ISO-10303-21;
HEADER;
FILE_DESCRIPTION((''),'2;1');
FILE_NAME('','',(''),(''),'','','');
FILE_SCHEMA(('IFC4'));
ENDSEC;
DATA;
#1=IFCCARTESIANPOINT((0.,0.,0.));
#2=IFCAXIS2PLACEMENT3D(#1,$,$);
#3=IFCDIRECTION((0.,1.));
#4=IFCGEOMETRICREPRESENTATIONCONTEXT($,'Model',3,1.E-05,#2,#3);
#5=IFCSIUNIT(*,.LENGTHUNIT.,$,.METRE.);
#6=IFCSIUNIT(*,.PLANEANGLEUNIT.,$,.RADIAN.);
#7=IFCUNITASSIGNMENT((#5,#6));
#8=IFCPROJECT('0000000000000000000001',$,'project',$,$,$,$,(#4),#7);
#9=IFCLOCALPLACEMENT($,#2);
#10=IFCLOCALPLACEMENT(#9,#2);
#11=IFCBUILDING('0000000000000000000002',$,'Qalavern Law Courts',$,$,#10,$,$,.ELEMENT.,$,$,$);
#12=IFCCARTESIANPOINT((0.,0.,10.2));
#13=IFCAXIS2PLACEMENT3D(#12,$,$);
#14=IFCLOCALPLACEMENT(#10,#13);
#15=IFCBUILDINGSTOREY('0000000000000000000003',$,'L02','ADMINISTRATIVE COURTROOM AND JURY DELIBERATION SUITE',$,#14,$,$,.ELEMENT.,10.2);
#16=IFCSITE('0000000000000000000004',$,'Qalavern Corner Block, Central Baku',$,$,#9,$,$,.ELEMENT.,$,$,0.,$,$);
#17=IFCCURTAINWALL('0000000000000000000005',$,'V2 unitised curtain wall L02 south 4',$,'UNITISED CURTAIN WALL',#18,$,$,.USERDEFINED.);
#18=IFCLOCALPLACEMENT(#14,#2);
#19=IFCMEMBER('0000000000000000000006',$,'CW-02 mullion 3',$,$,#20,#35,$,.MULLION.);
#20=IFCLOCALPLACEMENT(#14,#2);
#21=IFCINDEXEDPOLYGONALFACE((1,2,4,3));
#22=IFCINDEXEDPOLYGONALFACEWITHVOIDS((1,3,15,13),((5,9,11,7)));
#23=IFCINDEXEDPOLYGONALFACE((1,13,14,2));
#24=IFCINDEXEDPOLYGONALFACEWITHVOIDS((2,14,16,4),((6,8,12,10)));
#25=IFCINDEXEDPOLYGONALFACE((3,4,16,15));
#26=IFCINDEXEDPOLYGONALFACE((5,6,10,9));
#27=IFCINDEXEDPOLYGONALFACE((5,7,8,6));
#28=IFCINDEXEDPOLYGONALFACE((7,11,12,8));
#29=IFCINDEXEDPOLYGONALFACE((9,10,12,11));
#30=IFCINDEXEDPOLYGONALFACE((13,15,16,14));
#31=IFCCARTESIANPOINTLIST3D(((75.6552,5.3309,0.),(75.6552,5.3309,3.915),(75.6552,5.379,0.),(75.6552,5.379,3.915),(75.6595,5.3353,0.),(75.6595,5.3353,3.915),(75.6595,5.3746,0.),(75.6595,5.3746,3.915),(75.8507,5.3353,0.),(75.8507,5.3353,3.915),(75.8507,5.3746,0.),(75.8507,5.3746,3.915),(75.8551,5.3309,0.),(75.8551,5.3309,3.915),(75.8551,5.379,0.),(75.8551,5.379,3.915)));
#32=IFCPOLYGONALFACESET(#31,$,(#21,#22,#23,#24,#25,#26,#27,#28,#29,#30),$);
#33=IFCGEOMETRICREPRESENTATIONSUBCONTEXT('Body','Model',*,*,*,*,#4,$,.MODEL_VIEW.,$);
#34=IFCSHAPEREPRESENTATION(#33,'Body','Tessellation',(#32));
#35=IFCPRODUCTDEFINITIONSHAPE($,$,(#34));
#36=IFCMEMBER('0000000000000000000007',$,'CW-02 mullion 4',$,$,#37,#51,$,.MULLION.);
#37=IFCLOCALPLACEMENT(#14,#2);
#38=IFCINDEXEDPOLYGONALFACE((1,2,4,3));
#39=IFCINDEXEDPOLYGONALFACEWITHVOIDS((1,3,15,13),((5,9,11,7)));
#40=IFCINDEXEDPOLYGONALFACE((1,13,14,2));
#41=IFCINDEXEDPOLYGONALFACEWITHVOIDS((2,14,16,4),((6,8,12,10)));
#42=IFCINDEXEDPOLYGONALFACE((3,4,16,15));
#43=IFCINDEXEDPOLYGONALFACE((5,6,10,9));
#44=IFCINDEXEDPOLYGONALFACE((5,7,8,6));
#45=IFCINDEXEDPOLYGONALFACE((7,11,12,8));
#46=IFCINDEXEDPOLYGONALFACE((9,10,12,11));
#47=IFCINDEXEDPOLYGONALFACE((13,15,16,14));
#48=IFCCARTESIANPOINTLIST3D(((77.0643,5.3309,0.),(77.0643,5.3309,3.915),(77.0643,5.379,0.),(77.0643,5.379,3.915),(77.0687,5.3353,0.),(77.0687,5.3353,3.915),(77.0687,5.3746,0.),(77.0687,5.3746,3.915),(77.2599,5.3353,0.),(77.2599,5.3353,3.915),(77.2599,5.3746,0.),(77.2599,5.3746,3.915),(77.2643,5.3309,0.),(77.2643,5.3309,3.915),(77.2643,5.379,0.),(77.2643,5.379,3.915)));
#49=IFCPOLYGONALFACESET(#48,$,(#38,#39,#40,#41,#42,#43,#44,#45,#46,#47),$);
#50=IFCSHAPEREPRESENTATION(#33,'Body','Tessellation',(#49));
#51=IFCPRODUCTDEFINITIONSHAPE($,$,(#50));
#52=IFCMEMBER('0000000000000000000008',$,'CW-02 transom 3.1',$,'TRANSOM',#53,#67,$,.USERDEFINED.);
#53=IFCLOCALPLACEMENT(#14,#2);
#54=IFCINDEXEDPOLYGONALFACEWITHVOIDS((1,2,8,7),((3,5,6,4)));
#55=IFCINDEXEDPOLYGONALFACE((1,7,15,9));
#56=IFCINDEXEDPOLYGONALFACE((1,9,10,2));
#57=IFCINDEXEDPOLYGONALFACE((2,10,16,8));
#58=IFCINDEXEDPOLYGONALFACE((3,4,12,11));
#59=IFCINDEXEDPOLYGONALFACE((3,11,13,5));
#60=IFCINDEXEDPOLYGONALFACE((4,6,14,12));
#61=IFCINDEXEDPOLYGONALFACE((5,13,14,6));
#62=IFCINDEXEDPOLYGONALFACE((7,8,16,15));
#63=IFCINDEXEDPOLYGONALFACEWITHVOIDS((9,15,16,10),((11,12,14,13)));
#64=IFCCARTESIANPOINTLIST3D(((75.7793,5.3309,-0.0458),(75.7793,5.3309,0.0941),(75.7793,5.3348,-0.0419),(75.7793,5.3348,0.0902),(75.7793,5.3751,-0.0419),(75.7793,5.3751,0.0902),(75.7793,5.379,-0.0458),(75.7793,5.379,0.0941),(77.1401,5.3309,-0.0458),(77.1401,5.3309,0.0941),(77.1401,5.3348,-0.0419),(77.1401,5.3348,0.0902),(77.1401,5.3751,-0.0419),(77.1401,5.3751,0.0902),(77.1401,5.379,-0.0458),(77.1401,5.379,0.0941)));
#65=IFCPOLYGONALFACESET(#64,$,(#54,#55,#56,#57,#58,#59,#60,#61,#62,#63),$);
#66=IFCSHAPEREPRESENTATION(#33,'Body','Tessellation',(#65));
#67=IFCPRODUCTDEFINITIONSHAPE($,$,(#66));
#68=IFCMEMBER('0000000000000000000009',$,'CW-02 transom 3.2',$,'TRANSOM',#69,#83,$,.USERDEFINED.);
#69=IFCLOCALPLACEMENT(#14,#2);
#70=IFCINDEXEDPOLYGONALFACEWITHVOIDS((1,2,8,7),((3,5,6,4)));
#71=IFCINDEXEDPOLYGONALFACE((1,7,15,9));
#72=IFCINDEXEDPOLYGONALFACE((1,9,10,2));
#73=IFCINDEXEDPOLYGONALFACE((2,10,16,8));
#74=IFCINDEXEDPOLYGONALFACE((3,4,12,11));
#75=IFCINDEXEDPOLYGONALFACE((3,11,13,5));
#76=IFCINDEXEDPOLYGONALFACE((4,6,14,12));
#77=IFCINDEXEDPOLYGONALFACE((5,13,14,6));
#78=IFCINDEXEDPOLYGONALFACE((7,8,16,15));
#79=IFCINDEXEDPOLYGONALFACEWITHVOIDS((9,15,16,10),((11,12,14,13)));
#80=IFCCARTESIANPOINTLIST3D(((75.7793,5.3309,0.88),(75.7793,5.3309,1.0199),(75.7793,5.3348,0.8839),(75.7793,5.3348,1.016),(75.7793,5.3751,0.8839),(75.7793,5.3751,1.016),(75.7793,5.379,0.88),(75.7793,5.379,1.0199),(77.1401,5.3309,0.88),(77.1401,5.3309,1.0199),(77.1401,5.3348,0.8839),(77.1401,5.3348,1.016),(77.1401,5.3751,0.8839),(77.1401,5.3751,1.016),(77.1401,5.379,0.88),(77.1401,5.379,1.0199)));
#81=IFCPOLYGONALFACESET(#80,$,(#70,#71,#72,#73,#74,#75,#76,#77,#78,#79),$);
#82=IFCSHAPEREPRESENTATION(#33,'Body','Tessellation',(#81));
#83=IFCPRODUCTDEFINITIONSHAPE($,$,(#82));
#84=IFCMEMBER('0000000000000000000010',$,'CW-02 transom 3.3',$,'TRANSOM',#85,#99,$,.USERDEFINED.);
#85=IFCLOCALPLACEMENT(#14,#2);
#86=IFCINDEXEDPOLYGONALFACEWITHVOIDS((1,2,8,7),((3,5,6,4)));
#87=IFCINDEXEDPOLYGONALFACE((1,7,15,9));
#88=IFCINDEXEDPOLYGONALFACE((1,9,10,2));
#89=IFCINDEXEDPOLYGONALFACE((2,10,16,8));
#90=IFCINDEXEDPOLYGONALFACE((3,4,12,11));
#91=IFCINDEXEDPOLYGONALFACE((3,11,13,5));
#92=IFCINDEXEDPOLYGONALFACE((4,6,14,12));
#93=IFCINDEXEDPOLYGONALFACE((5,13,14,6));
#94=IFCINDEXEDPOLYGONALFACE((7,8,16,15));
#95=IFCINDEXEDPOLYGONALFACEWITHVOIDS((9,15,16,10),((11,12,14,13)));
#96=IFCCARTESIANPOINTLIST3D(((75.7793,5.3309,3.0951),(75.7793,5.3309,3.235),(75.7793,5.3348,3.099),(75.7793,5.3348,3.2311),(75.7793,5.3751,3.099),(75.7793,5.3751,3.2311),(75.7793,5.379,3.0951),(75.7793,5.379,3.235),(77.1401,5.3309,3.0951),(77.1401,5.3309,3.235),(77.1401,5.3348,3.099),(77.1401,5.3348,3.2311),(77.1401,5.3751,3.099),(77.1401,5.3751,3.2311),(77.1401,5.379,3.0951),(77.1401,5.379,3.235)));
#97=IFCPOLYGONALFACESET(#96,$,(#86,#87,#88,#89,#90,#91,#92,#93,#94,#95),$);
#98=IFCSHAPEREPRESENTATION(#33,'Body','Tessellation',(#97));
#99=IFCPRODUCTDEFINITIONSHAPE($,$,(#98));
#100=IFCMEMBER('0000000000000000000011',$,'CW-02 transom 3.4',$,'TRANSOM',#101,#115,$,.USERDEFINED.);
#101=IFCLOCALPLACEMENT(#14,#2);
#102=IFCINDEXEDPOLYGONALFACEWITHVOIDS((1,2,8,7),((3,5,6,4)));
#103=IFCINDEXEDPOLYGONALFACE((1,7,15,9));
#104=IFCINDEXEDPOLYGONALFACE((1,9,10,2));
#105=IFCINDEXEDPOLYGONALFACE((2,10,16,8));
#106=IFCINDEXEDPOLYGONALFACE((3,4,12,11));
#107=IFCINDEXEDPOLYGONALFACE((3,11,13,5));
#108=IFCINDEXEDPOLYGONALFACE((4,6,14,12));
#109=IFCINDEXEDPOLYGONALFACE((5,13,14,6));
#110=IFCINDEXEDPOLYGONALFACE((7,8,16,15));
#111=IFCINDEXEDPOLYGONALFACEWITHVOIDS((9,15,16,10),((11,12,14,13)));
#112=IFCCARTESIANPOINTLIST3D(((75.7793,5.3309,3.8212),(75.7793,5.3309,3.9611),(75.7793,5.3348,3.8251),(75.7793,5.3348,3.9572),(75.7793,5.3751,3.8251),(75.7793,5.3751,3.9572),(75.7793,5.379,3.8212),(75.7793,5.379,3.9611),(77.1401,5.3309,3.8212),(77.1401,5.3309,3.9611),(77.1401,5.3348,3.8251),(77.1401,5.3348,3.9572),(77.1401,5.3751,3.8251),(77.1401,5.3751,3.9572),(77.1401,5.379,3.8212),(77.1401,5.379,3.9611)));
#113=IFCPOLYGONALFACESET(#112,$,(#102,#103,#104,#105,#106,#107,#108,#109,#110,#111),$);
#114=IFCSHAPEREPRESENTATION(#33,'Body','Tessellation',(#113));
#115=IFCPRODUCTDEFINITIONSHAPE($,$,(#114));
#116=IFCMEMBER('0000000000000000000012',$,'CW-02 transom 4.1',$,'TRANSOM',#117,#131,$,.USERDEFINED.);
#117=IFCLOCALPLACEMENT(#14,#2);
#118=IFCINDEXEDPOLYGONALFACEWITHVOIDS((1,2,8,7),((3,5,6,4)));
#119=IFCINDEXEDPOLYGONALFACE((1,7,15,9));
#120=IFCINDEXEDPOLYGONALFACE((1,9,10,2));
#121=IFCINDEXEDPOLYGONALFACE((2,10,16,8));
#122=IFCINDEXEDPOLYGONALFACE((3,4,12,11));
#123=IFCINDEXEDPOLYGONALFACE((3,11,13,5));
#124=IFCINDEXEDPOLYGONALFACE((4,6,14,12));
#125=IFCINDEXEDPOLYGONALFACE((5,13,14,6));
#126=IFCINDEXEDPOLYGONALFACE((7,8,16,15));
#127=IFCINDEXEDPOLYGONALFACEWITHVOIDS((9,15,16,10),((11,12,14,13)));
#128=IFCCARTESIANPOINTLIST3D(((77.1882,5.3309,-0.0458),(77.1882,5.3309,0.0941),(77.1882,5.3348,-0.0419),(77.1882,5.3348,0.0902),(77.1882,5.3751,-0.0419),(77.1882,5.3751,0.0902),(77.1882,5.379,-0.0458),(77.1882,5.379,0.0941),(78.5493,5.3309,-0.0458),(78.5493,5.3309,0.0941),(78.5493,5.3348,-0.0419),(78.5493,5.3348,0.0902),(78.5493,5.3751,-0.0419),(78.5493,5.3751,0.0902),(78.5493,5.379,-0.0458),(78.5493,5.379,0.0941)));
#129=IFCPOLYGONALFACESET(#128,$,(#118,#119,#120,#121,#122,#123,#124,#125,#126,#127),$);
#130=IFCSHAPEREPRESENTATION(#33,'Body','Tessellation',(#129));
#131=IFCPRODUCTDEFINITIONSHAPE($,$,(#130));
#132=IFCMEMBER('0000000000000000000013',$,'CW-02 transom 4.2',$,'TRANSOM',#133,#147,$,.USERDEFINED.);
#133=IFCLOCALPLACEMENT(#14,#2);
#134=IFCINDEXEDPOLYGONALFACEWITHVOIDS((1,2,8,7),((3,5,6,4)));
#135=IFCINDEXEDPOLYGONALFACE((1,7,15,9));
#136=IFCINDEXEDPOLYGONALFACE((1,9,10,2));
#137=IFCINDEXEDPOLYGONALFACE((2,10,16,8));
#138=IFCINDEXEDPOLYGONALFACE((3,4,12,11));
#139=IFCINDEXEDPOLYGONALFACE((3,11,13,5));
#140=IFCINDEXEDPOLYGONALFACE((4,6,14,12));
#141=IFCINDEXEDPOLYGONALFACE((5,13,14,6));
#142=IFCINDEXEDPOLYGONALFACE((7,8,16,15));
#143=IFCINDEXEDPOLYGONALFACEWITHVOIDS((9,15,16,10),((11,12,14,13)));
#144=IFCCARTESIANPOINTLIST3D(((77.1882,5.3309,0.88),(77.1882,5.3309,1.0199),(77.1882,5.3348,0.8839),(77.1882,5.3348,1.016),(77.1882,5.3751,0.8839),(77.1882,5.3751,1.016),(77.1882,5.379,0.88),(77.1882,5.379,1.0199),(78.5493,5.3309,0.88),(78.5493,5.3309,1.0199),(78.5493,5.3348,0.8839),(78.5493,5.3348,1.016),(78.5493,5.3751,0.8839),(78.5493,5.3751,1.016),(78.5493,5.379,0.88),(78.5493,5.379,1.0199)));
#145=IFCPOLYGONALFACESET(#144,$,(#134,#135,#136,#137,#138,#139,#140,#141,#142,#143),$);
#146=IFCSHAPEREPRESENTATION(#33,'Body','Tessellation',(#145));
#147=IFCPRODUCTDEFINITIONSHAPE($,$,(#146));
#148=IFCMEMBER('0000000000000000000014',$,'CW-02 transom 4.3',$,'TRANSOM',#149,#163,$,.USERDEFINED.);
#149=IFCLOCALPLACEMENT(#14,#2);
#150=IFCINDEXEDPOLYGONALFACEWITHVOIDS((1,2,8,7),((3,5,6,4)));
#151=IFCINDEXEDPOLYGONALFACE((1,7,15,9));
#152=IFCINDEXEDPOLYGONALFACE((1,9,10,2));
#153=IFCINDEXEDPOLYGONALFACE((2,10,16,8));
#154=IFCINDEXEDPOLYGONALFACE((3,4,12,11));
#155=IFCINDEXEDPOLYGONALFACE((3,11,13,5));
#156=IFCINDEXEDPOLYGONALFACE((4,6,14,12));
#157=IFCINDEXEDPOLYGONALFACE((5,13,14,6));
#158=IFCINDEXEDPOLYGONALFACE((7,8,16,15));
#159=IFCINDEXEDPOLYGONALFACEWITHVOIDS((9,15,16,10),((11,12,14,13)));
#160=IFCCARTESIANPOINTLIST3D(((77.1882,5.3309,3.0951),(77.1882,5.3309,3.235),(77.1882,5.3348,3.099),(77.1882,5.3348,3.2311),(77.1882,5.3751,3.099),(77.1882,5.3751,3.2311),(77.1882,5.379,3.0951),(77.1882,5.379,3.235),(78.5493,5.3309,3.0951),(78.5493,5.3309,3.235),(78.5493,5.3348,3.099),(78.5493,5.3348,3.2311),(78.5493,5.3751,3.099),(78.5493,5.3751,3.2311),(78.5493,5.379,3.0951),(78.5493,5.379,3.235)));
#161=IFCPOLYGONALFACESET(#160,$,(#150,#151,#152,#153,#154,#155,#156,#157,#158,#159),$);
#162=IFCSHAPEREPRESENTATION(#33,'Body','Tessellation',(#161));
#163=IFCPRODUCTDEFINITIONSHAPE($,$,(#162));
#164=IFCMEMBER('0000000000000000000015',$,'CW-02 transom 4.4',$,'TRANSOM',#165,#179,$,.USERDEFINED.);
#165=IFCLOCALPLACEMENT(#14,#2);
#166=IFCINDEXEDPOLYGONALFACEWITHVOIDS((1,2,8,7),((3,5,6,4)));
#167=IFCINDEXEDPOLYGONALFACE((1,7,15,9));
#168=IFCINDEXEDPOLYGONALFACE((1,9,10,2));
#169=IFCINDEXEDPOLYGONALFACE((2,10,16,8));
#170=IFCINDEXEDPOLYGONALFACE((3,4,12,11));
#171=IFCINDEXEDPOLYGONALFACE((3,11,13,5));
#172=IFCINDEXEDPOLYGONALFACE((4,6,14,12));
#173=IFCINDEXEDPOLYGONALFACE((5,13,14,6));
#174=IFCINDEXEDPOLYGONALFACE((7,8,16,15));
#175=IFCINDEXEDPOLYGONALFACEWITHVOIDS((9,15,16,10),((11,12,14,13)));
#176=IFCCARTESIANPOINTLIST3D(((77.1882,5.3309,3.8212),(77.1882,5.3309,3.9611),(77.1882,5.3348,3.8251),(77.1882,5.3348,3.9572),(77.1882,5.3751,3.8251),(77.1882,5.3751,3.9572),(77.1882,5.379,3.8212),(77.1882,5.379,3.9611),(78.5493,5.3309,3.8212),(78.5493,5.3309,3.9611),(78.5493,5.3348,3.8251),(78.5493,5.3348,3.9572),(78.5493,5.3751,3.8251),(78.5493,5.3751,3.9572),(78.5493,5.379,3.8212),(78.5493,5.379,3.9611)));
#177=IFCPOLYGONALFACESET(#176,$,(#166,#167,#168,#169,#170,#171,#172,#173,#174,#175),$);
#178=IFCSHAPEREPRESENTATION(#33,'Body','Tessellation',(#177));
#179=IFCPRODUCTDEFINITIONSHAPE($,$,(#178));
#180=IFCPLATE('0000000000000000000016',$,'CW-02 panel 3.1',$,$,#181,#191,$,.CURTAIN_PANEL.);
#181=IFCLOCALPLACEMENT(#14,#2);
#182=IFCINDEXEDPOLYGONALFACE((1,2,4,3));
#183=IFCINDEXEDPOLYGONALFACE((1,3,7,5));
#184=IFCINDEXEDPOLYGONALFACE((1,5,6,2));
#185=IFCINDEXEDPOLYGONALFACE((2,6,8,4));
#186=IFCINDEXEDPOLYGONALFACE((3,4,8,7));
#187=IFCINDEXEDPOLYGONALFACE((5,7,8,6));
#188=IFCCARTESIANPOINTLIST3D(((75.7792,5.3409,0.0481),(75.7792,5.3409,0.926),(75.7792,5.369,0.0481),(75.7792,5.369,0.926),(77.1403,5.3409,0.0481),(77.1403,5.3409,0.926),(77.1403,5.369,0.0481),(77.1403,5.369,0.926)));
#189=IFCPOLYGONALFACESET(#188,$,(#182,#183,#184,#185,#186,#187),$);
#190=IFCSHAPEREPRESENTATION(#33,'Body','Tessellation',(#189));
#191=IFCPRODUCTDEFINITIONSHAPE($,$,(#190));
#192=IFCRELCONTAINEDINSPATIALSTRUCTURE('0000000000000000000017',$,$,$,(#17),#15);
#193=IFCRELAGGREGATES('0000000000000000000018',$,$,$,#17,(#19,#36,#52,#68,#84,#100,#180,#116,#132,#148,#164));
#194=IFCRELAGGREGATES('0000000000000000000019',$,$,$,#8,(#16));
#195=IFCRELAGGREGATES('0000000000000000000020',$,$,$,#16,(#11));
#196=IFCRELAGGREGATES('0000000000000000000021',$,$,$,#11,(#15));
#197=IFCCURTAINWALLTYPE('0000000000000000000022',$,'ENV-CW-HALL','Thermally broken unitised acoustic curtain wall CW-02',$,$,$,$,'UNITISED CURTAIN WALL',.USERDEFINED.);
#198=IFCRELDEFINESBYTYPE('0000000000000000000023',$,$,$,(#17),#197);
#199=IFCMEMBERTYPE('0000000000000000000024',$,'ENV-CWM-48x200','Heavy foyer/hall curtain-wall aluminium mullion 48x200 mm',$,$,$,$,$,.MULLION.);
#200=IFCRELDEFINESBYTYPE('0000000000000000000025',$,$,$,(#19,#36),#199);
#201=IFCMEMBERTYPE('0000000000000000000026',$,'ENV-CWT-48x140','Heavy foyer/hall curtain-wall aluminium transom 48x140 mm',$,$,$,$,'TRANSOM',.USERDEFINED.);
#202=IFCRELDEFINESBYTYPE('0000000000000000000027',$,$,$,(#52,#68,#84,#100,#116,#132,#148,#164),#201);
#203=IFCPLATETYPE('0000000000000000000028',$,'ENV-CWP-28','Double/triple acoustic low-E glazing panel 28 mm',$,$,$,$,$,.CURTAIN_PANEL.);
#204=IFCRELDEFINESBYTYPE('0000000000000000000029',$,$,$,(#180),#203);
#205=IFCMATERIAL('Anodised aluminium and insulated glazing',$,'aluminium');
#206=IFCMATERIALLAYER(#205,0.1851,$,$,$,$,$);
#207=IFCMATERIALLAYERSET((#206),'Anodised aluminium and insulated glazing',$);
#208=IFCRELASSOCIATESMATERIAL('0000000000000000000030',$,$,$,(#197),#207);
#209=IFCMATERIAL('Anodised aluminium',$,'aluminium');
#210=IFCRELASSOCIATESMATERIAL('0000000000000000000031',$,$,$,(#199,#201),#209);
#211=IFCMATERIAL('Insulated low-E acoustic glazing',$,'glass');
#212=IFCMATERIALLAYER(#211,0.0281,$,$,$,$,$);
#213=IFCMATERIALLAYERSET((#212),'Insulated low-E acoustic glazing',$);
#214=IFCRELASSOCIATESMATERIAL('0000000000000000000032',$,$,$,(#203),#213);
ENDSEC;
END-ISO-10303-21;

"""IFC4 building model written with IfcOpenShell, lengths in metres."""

from ifc_helpers import new_model, si_unit, direction, frame, origin, origin_2d, place, context, subcontext, project, spatial, rectangle, hollow_rectangle, extrude, material, layer, layer_set, material_profile, profile_set, type_object, element, aggregate, save


model = new_model("IFC4")

# Units and contexts
model_context = context("Model", 3, precision=1e-05, world=origin(), true_north=direction((0.0, 1.0)))
body_context = subcontext(model_context, "Body", "Model", "MODEL_VIEW")
ifc_project = project(units=[si_unit("LENGTHUNIT", "METRE"), si_unit("PLANEANGLEUNIT", "RADIAN")], contexts=[model_context])

# Site, building, storey
site_placement = place(None, origin())
site = spatial("IfcSite", under=ifc_project, at=site_placement, Name="Qalavern Corner Block, Central Baku", CompositionType="ELEMENT", RefElevation=0.0)
building_placement = place(site_placement, origin())
building = spatial("IfcBuilding", under=site, at=building_placement, Name="Qalavern Law Courts", CompositionType="ELEMENT")
storey_placement = place(building_placement, frame((0.0, 0.0, 10.2)))
storey = spatial("IfcBuildingStorey", under=building, at=storey_placement, Name="L02", Description="ADMINISTRATIVE COURTROOM AND JURY DELIBERATION SUITE", CompositionType="ELEMENT", Elevation=10.2)

# Curtain wall, members, plate
ifc_material_1 = material(Name="Anodised aluminium and insulated glazing", Category="aluminium")
ifc_layer_1 = layer(ifc_material_1, 0.1851)
ifc_layer_set_1 = layer_set([ifc_layer_1], Name="Anodised aluminium and insulated glazing")
curtain_wall_type = type_object("IfcCurtainWallType", Name="ENV-CW-HALL", Description="Thermally broken unitised acoustic curtain wall CW-02", ElementType="UNITISED CURTAIN WALL", PredefinedType="USERDEFINED", material=ifc_layer_set_1)
curtain_wall_placement = place(storey_placement, origin())
curtain_wall = element("IfcCurtainWall", 1, at=curtain_wall_placement, inside=storey, type_object=curtain_wall_type, Name="V2 unitised curtain wall L02 south 4", ObjectType="UNITISED CURTAIN WALL", PredefinedType="USERDEFINED")
ifc_material_2 = material(Name="Anodised aluminium", Category="aluminium")
ifc_material_profile_1 = material_profile(ifc_material_2, hollow_rectangle(XDim=0.0481, YDim=0.2, WallThickness=0.0044, at=origin_2d()), Name="ALU MULLION 48x200")
ifc_profile_set_1 = profile_set([ifc_material_profile_1], Name="Anodised aluminium")
member_type_1 = type_object("IfcMemberType", Name="ENV-CWM-48x200", Description="Heavy foyer/hall curtain-wall aluminium mullion 48x200 mm", PredefinedType="MULLION", material=ifc_profile_set_1)
member_1_placement = place(storey_placement, frame((75.7551, 5.355, 0.0), z_axis=(0.0, 0.0, 1.0), x_axis=(0.0, 1.0, 0.0)))
member_1 = element("IfcMember", 2, at=member_1_placement, type_object=member_type_1, Name="CW-02 mullion 3", PredefinedType="MULLION", context=body_context, shape_type="SweptSolid", body=[
    extrude(hollow_rectangle(XDim=0.0481, YDim=0.2, WallThickness=0.0044, at=origin_2d()), origin(), (0.0, 0.0, 1.0), 3.915),
])
member_2_placement = place(storey_placement, frame((77.1643, 5.355, 0.0), z_axis=(0.0, 0.0, 1.0), x_axis=(0.0, 1.0, 0.0)))
member_2 = element("IfcMember", 3, at=member_2_placement, type_object=member_type_1, Name="CW-02 mullion 4", PredefinedType="MULLION", context=body_context, shape_type="SweptSolid", body=[
    extrude(hollow_rectangle(XDim=0.0481, YDim=0.2, WallThickness=0.0044, at=origin_2d()), origin(), (0.0, 0.0, 1.0), 3.915),
])
ifc_material_profile_2 = material_profile(ifc_material_2, hollow_rectangle(XDim=0.0481, YDim=0.1399, WallThickness=0.0039, at=origin_2d()), Name="ALU TRANSOM 48x140")
ifc_profile_set_2 = profile_set([ifc_material_profile_2], Name="Anodised aluminium")
member_type_2 = type_object("IfcMemberType", Name="ENV-CWT-48x140", Description="Heavy foyer/hall curtain-wall aluminium transom 48x140 mm", ElementType="TRANSOM", PredefinedType="USERDEFINED", material=ifc_profile_set_2)
member_3_placement = place(storey_placement, frame((75.7793, 5.355, 0.0242), z_axis=(1.0, 0.0, 0.0), x_axis=(0.0, 1.0, 0.0)))
member_3 = element("IfcMember", 4, at=member_3_placement, type_object=member_type_2, Name="CW-02 transom 3.1", ObjectType="TRANSOM", PredefinedType="USERDEFINED", context=body_context, shape_type="SweptSolid", body=[
    extrude(hollow_rectangle(XDim=0.0481, YDim=0.1399, WallThickness=0.0039, at=origin_2d()), origin(), (0.0, 0.0, 1.0), 1.3608),
])
member_4_placement = place(storey_placement, frame((75.7793, 5.355, 0.95), z_axis=(1.0, 0.0, 0.0), x_axis=(0.0, 1.0, 0.0)))
member_4 = element("IfcMember", 5, at=member_4_placement, type_object=member_type_2, Name="CW-02 transom 3.2", ObjectType="TRANSOM", PredefinedType="USERDEFINED", context=body_context, shape_type="SweptSolid", body=[
    extrude(hollow_rectangle(XDim=0.0481, YDim=0.1399, WallThickness=0.0039, at=origin_2d()), origin(), (0.0, 0.0, 1.0), 1.3608),
])
member_5_placement = place(storey_placement, frame((75.7793, 5.355, 3.165), z_axis=(1.0, 0.0, 0.0), x_axis=(0.0, 1.0, 0.0)))
member_5 = element("IfcMember", 6, at=member_5_placement, type_object=member_type_2, Name="CW-02 transom 3.3", ObjectType="TRANSOM", PredefinedType="USERDEFINED", context=body_context, shape_type="SweptSolid", body=[
    extrude(hollow_rectangle(XDim=0.0481, YDim=0.1399, WallThickness=0.0039, at=origin_2d()), origin(), (0.0, 0.0, 1.0), 1.3608),
])
member_6_placement = place(storey_placement, frame((75.7793, 5.355, 3.8911), z_axis=(1.0, 0.0, 0.0), x_axis=(0.0, 1.0, 0.0)))
member_6 = element("IfcMember", 7, at=member_6_placement, type_object=member_type_2, Name="CW-02 transom 3.4", ObjectType="TRANSOM", PredefinedType="USERDEFINED", context=body_context, shape_type="SweptSolid", body=[
    extrude(hollow_rectangle(XDim=0.0481, YDim=0.1399, WallThickness=0.0039, at=origin_2d()), origin(), (0.0, 0.0, 1.0), 1.3608),
])
member_7_placement = place(storey_placement, frame((77.1882, 5.355, 0.0242), z_axis=(1.0, 0.0, 0.0), x_axis=(0.0, 1.0, 0.0)))
member_7 = element("IfcMember", 8, at=member_7_placement, type_object=member_type_2, Name="CW-02 transom 4.1", ObjectType="TRANSOM", PredefinedType="USERDEFINED", context=body_context, shape_type="SweptSolid", body=[
    extrude(hollow_rectangle(XDim=0.0481, YDim=0.1399, WallThickness=0.0039, at=origin_2d()), origin(), (0.0, 0.0, 1.0), 1.3611),
])
member_8_placement = place(storey_placement, frame((77.1882, 5.355, 0.95), z_axis=(1.0, 0.0, 0.0), x_axis=(0.0, 1.0, 0.0)))
member_8 = element("IfcMember", 9, at=member_8_placement, type_object=member_type_2, Name="CW-02 transom 4.2", ObjectType="TRANSOM", PredefinedType="USERDEFINED", context=body_context, shape_type="SweptSolid", body=[
    extrude(hollow_rectangle(XDim=0.0481, YDim=0.1399, WallThickness=0.0039, at=origin_2d()), origin(), (0.0, 0.0, 1.0), 1.3611),
])
member_9_placement = place(storey_placement, frame((77.1882, 5.355, 3.165), z_axis=(1.0, 0.0, 0.0), x_axis=(0.0, 1.0, 0.0)))
member_9 = element("IfcMember", 10, at=member_9_placement, type_object=member_type_2, Name="CW-02 transom 4.3", ObjectType="TRANSOM", PredefinedType="USERDEFINED", context=body_context, shape_type="SweptSolid", body=[
    extrude(hollow_rectangle(XDim=0.0481, YDim=0.1399, WallThickness=0.0039, at=origin_2d()), origin(), (0.0, 0.0, 1.0), 1.3611),
])
member_10_placement = place(storey_placement, frame((77.1882, 5.355, 3.8911), z_axis=(1.0, 0.0, 0.0), x_axis=(0.0, 1.0, 0.0)))
member_10 = element("IfcMember", 11, at=member_10_placement, type_object=member_type_2, Name="CW-02 transom 4.4", ObjectType="TRANSOM", PredefinedType="USERDEFINED", context=body_context, shape_type="SweptSolid", body=[
    extrude(hollow_rectangle(XDim=0.0481, YDim=0.1399, WallThickness=0.0039, at=origin_2d()), origin(), (0.0, 0.0, 1.0), 1.3611),
])
ifc_material_3 = material(Name="Insulated low-E acoustic glazing", Category="glass")
ifc_layer_2 = layer(ifc_material_3, 0.0281)
ifc_layer_set_2 = layer_set([ifc_layer_2], Name="Insulated low-E acoustic glazing")
plate_type = type_object("IfcPlateType", Name="ENV-CWP-28", Description="Double/triple acoustic low-E glazing panel 28 mm", PredefinedType="CURTAIN_PANEL", material=ifc_layer_set_2)
plate_1_placement = place(storey_placement, frame((76.4597, 5.355, 0.0481), z_axis=(0.0, 0.0, 1.0), x_axis=(1.0, 0.0, 0.0)))
plate_1 = element("IfcPlate", 12, at=plate_1_placement, type_object=plate_type, Name="CW-02 panel 3.1", PredefinedType="CURTAIN_PANEL", context=body_context, shape_type="SweptSolid", body=[
    extrude(rectangle(XDim=1.3611, YDim=0.0281, at=origin_2d()), origin(), (0.0, 0.0, 1.0), 0.8779),
])
aggregate(curtain_wall, [member_1, member_2, member_3, member_4, member_5, member_6, plate_1, member_7, member_8, member_9, member_10])

save(model, "model.ifc")
